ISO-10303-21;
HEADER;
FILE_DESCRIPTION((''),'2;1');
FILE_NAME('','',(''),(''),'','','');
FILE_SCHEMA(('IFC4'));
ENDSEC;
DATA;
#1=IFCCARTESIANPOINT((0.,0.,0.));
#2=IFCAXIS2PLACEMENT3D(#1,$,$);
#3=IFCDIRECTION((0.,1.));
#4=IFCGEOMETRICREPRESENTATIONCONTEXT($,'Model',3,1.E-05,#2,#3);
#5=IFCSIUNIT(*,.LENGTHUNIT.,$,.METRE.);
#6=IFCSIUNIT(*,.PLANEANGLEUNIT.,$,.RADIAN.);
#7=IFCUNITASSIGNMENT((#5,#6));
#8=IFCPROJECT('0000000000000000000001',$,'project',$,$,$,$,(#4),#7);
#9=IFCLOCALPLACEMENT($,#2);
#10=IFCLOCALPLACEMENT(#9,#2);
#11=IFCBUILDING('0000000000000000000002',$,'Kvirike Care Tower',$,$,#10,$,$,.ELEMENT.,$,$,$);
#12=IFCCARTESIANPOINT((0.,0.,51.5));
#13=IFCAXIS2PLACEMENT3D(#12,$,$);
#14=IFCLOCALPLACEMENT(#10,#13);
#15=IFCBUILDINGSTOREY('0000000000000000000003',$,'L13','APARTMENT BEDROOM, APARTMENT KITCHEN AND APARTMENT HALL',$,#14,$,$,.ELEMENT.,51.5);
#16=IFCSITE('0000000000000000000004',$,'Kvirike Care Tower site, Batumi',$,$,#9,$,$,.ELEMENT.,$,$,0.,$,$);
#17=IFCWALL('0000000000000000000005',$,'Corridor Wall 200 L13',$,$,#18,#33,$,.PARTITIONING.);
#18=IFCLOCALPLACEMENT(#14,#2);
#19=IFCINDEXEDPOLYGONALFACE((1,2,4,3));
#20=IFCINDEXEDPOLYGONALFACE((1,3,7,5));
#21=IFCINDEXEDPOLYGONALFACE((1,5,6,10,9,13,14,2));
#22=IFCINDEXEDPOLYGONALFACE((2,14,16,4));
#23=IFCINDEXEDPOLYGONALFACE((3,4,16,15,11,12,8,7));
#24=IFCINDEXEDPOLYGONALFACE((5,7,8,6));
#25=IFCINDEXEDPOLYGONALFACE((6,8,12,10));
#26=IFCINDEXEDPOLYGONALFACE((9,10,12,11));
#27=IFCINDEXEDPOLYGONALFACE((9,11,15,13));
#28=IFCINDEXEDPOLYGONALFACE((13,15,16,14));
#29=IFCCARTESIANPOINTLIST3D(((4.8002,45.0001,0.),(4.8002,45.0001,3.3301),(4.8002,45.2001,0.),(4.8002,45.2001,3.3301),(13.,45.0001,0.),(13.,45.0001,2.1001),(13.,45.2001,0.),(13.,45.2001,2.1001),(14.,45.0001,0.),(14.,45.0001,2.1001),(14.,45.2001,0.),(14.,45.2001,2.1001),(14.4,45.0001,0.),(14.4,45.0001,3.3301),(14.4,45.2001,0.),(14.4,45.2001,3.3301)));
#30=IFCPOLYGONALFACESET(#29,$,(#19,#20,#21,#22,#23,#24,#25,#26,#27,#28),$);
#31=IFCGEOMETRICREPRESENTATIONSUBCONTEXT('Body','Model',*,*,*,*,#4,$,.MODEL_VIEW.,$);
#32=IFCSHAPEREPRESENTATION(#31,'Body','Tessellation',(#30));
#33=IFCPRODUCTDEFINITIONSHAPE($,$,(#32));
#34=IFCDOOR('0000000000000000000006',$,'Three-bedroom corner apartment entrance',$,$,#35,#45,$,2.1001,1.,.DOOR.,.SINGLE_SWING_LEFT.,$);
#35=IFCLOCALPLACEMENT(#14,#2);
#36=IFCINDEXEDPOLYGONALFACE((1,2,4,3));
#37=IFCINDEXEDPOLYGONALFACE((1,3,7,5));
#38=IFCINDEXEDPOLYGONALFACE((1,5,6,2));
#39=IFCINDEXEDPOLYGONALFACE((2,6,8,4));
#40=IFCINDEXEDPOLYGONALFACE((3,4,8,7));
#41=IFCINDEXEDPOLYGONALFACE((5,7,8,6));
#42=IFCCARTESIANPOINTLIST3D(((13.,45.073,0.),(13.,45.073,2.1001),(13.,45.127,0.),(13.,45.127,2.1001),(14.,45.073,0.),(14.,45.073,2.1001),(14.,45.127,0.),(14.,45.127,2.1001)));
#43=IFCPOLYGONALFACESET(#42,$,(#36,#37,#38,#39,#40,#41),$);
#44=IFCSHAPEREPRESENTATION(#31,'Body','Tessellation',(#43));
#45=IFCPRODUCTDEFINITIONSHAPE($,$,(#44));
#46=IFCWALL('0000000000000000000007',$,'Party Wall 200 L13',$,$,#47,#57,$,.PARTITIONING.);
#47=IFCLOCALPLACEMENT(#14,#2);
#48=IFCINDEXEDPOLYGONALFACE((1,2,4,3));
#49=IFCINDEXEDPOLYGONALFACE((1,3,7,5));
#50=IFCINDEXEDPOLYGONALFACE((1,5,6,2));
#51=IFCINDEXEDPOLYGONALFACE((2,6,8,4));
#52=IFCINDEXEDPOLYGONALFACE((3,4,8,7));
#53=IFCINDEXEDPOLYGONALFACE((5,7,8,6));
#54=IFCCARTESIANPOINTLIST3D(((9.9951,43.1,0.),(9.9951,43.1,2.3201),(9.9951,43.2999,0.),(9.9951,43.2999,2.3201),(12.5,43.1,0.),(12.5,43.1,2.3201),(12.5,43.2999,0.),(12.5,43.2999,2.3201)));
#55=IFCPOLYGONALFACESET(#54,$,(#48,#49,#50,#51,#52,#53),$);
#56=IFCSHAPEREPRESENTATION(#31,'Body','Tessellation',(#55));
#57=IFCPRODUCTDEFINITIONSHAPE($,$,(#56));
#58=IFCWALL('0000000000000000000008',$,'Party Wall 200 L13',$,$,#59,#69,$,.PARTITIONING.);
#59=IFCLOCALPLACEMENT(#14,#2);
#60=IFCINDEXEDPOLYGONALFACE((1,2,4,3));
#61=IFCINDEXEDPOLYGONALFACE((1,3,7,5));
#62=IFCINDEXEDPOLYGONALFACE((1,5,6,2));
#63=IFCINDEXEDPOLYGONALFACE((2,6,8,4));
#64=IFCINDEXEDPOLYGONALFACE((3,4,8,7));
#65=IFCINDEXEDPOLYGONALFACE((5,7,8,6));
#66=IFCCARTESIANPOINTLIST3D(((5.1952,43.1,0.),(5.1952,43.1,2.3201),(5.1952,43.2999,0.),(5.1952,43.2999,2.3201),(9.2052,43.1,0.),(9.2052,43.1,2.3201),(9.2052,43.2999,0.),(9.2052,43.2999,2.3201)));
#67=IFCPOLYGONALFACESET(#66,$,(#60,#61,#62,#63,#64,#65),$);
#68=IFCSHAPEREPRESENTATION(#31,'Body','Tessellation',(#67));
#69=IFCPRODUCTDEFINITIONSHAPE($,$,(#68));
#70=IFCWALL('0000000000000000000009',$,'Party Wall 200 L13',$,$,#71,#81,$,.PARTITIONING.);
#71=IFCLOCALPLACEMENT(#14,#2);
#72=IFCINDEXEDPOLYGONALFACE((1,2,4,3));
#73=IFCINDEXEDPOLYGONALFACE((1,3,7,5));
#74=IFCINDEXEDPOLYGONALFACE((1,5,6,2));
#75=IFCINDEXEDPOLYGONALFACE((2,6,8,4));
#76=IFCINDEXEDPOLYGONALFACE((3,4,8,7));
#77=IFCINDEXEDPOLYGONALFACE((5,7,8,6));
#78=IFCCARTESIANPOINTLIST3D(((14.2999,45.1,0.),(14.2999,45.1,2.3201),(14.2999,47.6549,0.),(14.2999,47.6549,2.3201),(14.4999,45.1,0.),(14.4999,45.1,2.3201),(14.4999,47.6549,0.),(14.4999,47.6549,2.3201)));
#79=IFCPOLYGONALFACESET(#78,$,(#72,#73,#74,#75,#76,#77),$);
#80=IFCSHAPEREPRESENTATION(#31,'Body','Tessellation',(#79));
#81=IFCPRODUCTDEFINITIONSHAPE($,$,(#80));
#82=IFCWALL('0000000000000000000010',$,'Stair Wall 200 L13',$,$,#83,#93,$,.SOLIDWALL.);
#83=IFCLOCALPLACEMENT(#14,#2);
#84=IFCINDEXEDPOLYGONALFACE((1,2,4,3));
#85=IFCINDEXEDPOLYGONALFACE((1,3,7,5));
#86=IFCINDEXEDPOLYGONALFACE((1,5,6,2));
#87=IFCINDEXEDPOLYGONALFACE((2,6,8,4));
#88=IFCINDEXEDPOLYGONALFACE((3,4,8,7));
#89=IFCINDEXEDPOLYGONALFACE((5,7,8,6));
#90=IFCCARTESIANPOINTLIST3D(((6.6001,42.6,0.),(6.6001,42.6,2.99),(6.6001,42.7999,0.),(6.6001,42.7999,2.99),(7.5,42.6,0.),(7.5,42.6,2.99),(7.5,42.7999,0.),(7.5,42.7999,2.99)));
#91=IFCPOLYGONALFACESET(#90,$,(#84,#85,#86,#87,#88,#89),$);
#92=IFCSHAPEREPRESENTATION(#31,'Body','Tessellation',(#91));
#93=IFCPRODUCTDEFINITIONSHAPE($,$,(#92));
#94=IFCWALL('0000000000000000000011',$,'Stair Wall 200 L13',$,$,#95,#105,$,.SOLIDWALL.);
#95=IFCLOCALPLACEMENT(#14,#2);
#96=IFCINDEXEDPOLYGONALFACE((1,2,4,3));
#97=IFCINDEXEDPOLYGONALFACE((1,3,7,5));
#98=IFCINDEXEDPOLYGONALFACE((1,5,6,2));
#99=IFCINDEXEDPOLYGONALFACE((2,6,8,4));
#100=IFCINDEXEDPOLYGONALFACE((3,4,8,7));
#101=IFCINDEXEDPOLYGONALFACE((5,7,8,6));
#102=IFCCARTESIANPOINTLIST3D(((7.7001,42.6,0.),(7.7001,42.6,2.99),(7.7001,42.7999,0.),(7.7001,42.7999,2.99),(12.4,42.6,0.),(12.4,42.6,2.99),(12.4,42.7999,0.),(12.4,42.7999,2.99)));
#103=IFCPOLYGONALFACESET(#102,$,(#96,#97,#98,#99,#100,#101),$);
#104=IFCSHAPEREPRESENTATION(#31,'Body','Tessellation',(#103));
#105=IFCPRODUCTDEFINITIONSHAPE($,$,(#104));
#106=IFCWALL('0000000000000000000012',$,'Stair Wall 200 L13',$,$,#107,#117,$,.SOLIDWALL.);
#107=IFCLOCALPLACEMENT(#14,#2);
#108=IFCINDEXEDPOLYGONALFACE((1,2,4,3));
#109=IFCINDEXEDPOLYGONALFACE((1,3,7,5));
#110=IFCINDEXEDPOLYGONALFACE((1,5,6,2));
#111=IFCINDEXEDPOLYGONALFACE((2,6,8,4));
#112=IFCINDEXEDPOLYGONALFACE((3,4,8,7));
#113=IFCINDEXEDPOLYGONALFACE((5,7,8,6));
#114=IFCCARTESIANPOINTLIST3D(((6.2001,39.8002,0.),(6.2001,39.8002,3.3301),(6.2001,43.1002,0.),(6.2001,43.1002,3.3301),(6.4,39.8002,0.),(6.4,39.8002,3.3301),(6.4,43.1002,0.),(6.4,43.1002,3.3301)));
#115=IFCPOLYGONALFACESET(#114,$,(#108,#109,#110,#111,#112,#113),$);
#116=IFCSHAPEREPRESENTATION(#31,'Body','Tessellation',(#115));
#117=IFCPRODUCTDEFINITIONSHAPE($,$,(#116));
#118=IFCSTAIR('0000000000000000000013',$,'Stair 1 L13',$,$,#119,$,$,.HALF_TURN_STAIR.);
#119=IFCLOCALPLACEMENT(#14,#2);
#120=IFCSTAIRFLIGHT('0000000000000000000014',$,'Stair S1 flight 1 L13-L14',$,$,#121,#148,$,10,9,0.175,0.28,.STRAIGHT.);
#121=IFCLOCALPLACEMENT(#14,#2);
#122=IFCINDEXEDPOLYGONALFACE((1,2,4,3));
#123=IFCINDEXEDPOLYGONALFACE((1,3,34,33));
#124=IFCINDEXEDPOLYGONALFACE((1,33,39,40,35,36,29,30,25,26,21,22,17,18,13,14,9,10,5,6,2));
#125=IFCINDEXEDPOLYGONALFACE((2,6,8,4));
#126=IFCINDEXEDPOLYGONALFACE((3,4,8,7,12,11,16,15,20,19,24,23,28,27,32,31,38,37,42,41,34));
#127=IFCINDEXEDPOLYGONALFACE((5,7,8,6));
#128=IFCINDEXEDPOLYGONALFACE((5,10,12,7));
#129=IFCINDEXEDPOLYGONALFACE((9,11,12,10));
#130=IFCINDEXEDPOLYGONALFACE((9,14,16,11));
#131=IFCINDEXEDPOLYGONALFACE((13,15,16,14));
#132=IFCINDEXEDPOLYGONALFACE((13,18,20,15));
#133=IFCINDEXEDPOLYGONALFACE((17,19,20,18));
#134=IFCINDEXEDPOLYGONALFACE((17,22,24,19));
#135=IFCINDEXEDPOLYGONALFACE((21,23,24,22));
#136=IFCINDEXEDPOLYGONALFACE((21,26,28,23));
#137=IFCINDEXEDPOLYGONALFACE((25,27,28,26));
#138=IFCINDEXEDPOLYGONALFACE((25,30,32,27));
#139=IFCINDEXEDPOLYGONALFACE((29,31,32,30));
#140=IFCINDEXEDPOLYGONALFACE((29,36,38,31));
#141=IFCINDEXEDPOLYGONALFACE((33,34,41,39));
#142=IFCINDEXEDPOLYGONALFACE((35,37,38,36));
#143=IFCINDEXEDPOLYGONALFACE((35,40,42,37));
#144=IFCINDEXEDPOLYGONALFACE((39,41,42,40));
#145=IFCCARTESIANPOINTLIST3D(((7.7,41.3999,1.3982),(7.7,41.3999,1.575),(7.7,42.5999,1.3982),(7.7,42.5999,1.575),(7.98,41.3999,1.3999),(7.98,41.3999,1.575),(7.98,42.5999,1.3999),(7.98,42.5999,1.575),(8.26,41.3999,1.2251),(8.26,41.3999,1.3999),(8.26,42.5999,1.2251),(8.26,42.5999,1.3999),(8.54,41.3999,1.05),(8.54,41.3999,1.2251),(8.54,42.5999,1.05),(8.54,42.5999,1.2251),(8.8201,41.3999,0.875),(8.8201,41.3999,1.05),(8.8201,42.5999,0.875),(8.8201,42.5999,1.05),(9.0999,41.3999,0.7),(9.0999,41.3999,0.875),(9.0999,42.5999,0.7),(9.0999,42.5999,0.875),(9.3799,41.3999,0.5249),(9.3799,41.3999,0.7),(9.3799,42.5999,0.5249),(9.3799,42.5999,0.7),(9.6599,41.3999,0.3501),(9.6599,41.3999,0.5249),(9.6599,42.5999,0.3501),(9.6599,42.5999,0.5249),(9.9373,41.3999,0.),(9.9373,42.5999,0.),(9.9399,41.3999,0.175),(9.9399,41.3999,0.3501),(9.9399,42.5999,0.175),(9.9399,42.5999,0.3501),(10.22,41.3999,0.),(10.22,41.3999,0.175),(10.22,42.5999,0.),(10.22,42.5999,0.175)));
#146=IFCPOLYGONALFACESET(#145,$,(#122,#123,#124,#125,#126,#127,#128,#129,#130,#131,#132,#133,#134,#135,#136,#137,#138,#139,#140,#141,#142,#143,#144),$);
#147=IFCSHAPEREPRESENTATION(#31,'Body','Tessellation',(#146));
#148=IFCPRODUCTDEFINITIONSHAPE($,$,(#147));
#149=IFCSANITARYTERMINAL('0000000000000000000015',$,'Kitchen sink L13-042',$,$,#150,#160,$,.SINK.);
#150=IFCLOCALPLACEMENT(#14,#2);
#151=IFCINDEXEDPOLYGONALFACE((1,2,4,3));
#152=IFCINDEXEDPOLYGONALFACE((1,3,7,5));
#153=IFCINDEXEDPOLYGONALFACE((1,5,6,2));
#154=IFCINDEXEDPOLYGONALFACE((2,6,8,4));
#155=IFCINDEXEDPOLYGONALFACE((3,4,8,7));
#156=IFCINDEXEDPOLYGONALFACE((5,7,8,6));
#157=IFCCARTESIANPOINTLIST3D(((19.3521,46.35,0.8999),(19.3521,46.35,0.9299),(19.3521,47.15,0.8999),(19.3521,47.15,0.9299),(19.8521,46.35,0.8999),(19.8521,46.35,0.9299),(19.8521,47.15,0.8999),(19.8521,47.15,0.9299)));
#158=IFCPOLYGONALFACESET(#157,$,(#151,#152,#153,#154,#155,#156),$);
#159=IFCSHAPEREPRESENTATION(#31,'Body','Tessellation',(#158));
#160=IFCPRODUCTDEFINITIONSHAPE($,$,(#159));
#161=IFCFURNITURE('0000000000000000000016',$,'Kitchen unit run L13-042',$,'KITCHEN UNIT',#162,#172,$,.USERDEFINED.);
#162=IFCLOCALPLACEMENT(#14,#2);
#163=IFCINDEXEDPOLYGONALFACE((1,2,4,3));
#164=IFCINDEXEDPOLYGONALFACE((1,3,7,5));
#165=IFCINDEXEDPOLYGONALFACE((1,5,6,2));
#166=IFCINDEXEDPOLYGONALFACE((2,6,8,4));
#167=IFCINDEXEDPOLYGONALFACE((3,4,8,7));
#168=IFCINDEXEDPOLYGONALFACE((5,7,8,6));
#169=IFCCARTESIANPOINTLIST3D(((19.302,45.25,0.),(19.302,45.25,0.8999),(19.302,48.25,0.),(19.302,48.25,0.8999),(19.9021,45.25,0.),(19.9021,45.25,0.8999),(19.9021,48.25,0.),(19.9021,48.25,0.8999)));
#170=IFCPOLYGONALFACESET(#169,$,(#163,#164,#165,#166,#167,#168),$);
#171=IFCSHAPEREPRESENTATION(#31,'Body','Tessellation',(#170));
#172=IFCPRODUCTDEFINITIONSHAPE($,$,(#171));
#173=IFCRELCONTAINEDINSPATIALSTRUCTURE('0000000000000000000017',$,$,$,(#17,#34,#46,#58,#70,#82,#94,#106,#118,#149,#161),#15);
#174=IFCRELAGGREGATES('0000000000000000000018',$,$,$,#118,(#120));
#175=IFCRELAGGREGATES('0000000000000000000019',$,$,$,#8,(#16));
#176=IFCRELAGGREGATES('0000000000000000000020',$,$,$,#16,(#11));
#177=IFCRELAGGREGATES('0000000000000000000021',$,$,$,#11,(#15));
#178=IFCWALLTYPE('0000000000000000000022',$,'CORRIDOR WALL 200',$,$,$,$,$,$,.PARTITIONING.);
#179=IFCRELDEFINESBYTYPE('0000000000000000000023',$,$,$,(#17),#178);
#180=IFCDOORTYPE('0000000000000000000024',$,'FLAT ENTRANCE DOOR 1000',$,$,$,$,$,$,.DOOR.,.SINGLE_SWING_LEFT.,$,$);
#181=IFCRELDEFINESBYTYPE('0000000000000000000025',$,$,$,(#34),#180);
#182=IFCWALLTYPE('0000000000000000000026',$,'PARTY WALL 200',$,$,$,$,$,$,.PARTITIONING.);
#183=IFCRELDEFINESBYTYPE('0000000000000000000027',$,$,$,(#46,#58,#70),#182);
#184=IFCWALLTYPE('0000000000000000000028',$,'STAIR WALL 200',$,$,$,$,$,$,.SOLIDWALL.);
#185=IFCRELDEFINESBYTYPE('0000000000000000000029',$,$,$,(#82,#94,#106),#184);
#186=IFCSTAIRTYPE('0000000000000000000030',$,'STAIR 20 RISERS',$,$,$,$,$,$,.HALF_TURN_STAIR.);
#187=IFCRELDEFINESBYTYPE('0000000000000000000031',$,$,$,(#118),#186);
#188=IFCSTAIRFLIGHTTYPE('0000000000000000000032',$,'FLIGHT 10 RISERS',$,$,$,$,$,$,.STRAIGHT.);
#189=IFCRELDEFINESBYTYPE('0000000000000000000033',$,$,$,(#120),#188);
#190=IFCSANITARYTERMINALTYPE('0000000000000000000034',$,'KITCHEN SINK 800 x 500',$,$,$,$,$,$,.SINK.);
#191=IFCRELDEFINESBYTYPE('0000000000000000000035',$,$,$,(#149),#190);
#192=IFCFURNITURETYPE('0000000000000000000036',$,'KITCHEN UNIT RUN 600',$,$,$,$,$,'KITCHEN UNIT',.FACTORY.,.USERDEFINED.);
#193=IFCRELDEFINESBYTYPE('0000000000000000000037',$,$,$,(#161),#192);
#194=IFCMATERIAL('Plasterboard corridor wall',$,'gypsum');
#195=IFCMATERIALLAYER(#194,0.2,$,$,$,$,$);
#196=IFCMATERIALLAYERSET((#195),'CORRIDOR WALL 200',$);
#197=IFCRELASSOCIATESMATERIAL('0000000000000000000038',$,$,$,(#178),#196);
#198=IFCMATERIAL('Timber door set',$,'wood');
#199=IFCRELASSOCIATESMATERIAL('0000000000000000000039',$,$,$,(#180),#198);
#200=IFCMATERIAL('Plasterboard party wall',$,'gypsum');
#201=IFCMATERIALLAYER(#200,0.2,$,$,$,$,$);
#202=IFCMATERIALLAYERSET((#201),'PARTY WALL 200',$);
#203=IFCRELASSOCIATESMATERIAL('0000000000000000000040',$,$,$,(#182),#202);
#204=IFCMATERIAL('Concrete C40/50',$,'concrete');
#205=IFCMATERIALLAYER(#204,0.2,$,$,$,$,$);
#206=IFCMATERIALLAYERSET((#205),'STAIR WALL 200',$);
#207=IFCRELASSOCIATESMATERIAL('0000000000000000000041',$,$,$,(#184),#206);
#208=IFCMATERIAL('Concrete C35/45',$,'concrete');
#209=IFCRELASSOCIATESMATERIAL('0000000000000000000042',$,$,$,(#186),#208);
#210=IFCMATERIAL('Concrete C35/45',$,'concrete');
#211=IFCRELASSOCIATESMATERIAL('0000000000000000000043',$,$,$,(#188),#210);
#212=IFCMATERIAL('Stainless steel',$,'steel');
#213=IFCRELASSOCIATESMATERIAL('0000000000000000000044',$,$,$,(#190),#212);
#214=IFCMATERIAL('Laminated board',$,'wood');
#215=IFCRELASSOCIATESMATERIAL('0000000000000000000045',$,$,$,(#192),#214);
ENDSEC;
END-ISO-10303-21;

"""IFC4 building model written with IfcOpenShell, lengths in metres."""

from ifc_helpers import new_model, si_unit, direction, frame, frame_2d, origin, origin_2d, place, context, subcontext, project, spatial, polyline, rectangle, outline, extrude, material, layer, layer_set, type_object, element, fill, aggregate, save


model = new_model("IFC4")

# Units and contexts
model_context = context("Model", 3, precision=1e-05, world=origin(), true_north=direction((0.0, 1.0)))
body_context = subcontext(model_context, "Body", "Model", "MODEL_VIEW")
ifc_project = project(units=[si_unit("LENGTHUNIT", "METRE"), si_unit("PLANEANGLEUNIT", "RADIAN")], contexts=[model_context])

# Site, building, storey
site_placement = place(None, origin())
site = spatial("IfcSite", under=ifc_project, at=site_placement, Name="Kvirike Care Tower site, Batumi", CompositionType="ELEMENT", RefElevation=0.0)
building_placement = place(site_placement, origin())
building = spatial("IfcBuilding", under=site, at=building_placement, Name="Kvirike Care Tower", CompositionType="ELEMENT")
storey_placement = place(building_placement, frame((0.0, 0.0, 51.5)))
storey = spatial("IfcBuildingStorey", under=building, at=storey_placement, Name="L13", Description="APARTMENT BEDROOM, APARTMENT KITCHEN AND APARTMENT HALL", CompositionType="ELEMENT", Elevation=51.5)

# Shared definitions
ifc_material_1 = material(Name="Plasterboard corridor wall", Category="gypsum")
ifc_layer_1 = layer(ifc_material_1, 0.2)
ifc_layer_set_1 = layer_set([ifc_layer_1], Name="CORRIDOR WALL 200")
wall_type_1 = type_object("IfcWallType", Name="CORRIDOR WALL 200", PredefinedType="PARTITIONING", material=ifc_layer_set_1)
ifc_material_2 = material(Name="Timber door set", Category="wood")
door_type_1 = type_object("IfcDoorType", Name="FLAT ENTRANCE DOOR 1000", OperationType="SINGLE_SWING_LEFT", PredefinedType="DOOR", material=ifc_material_2)

# Wall, opening, door
wall_1_placement = place(storey_placement, frame((14.3999, 45.1001, 0.0), z_axis=(0.0, 0.0, 1.0), x_axis=(-1.0, 0.0, 0.0)))
wall_1 = element("IfcWall", 1, at=wall_1_placement, inside=storey, type_object=wall_type_1, Name="Corridor Wall 200 L13", PredefinedType="PARTITIONING", context=body_context, shape_type="SweptSolid", body=[
    extrude(rectangle(XDim=9.5999, YDim=0.2, at=frame_2d((4.7998, 0.0))), origin(), (0.0, 0.0, 1.0), 3.3301),
])
opening_1_placement = place(wall_1_placement, frame((0.3999, 0.0, 0.0)))
opening_1 = element("IfcOpeningElement", 2, at=opening_1_placement, cuts=wall_1, PredefinedType="OPENING", context=body_context, shape_type="SweptSolid", body=[
    extrude(rectangle(XDim=1.0, YDim=2.1001, at=frame_2d((0.5, 1.05))), frame((0.0, 0.1106, 0.0), z_axis=(0.0, -1.0, 0.0), x_axis=(1.0, 0.0, 0.0)), (0.0, 0.0, 1.0), 0.2209),
])
door_1_placement = place(opening_1_placement, frame((1.0, 0.0, 0.0), z_axis=(0.0, 0.0, 1.0), x_axis=(-1.0, 0.0, 0.0)))
door_1 = element("IfcDoor", 3, at=door_1_placement, inside=storey, type_object=door_type_1, Name="Three-bedroom corner apartment entrance", OperationType="SINGLE_SWING_LEFT", OverallHeight=2.1001, OverallWidth=1.0, PredefinedType="DOOR", context=body_context, shape_type="SweptSolid", body=[
    extrude(rectangle(XDim=1.0, YDim=2.1001, at=frame_2d((0.5, 1.05))), frame((0.0, 0.0269, 0.0), z_axis=(0.0, -1.0, 0.0), x_axis=(1.0, 0.0, 0.0)), (0.0, 0.0, 1.0), 0.054),
])
fill(opening_1, door_1)

# Walls
ifc_material_3 = material(Name="Plasterboard party wall", Category="gypsum")
ifc_layer_2 = layer(ifc_material_3, 0.2)
ifc_layer_set_2 = layer_set([ifc_layer_2], Name="PARTY WALL 200")
wall_type_2 = type_object("IfcWallType", Name="PARTY WALL 200", PredefinedType="PARTITIONING", material=ifc_layer_set_2)
wall_2_placement = place(storey_placement, frame((12.5, 43.2, 0.0), z_axis=(0.0, 0.0, 1.0), x_axis=(-1.0, 0.0, 0.0)))
element("IfcWall", 4, at=wall_2_placement, inside=storey, type_object=wall_type_2, Name="Party Wall 200 L13", PredefinedType="PARTITIONING", context=body_context, shape_type="SweptSolid", body=[
    extrude(rectangle(XDim=2.5049, YDim=0.2, at=frame_2d((1.2524, 0.0))), origin(), (0.0, 0.0, 1.0), 2.3201),
])
wall_3_placement = place(storey_placement, frame((9.2051, 43.2, 0.0), z_axis=(0.0, 0.0, 1.0), x_axis=(-1.0, 0.0, 0.0)))
element("IfcWall", 5, at=wall_3_placement, inside=storey, type_object=wall_type_2, Name="Party Wall 200 L13", PredefinedType="PARTITIONING", context=body_context, shape_type="SweptSolid", body=[
    extrude(rectangle(XDim=4.01, YDim=0.2, at=frame_2d((2.0049, 0.0))), origin(), (0.0, 0.0, 1.0), 2.3201),
])
wall_4_placement = place(storey_placement, frame((14.3999, 45.1001, 0.0), z_axis=(0.0, 0.0, 1.0), x_axis=(0.0, 1.0, 0.0)))
element("IfcWall", 6, at=wall_4_placement, inside=storey, type_object=wall_type_2, Name="Party Wall 200 L13", PredefinedType="PARTITIONING", context=body_context, shape_type="SweptSolid", body=[
    extrude(rectangle(XDim=2.5549, YDim=0.2, at=frame_2d((1.2773, 0.0))), origin(), (0.0, 0.0, 1.0), 2.3201),
])
ifc_material_4 = material(Name="Concrete C40/50", Category="concrete")
ifc_layer_3 = layer(ifc_material_4, 0.2)
ifc_layer_set_3 = layer_set([ifc_layer_3], Name="STAIR WALL 200")
wall_type_3 = type_object("IfcWallType", Name="STAIR WALL 200", PredefinedType="SOLIDWALL", material=ifc_layer_set_3)
wall_5_placement = place(storey_placement, frame((6.6001, 42.7, 0.0), z_axis=(0.0, 0.0, 1.0), x_axis=(1.0, 0.0, 0.0)))
element("IfcWall", 7, at=wall_5_placement, inside=storey, type_object=wall_type_3, Name="Stair Wall 200 L13", PredefinedType="SOLIDWALL", context=body_context, shape_type="SweptSolid", body=[
    extrude(rectangle(XDim=0.8999, YDim=0.2, at=frame_2d((0.45, 0.0))), origin(), (0.0, 0.0, 1.0), 2.99),
])
wall_6_placement = place(storey_placement, frame((7.7, 42.7, 0.0), z_axis=(0.0, 0.0, 1.0), x_axis=(1.0, 0.0, 0.0)))
element("IfcWall", 8, at=wall_6_placement, inside=storey, type_object=wall_type_3, Name="Stair Wall 200 L13", PredefinedType="SOLIDWALL", context=body_context, shape_type="SweptSolid", body=[
    extrude(rectangle(XDim=4.7, YDim=0.2, at=frame_2d((2.3501, 0.0))), origin(), (0.0, 0.0, 1.0), 2.99),
])
wall_7_placement = place(storey_placement, frame((6.3, 43.1001, 0.0), z_axis=(0.0, 0.0, 1.0), x_axis=(0.0, -1.0, 0.0)))
element("IfcWall", 9, at=wall_7_placement, inside=storey, type_object=wall_type_3, Name="Stair Wall 200 L13", PredefinedType="SOLIDWALL", context=body_context, shape_type="SweptSolid", body=[
    extrude(rectangle(XDim=3.3, YDim=0.2, at=frame_2d((1.6499, 0.0))), origin(), (0.0, 0.0, 1.0), 3.3301),
])

# Stair, stair flight
ifc_material_5 = material(Name="Concrete C35/45", Category="concrete")
stair_type = type_object("IfcStairType", Name="STAIR 20 RISERS", PredefinedType="HALF_TURN_STAIR", material=ifc_material_5)
stair_placement = place(storey_placement, origin())
stair = element("IfcStair", 10, at=stair_placement, inside=storey, type_object=stair_type, Name="Stair 1 L13", PredefinedType="HALF_TURN_STAIR")
ifc_material_6 = material(Name="Concrete C35/45", Category="concrete")
stair_flight_type = type_object("IfcStairFlightType", Name="FLIGHT 10 RISERS", PredefinedType="STRAIGHT", material=ifc_material_6)
stair_flight_placement = place(storey_placement, frame((10.22, 42.0, 0.0), z_axis=(0.0, 0.0, 1.0), x_axis=(-1.0, 0.0, 0.0)))
stair_flight = element("IfcStairFlight", 11, at=stair_flight_placement, type_object=stair_flight_type, Name="Stair S1 flight 1 L13-L14", NumberOfRisers=10, NumberOfTreads=9, PredefinedType="STRAIGHT", RiserHeight=0.175, TreadLength=0.28, context=body_context, shape_type="SweptSolid", body=[
    extrude(outline(polyline([(0.0, 0.0), (0.0, 0.175), (0.28, 0.175), (0.28, 0.3501), (0.5601, 0.3501), (0.5601, 0.5249), (0.8401, 0.5249), (0.8401, 0.7), (1.1201, 0.7), (1.1201, 0.875), (1.3999, 0.875), (1.3999, 1.05), (1.6799, 1.05), (1.6799, 1.2251), (1.96, 1.2251), (1.96, 1.3999), (2.24, 1.3999), (2.24, 1.575), (2.52, 1.575), (2.52, 1.75), (2.52, 1.3982), (0.2827, 0.0), (0.0, 0.0)])), frame((0.0, 0.6001, 0.0), z_axis=(0.0, -1.0, 0.0), x_axis=(1.0, 0.0, 0.0)), (0.0, 0.0, 1.0), 1.2),
])
aggregate(stair, [stair_flight])

# Sanitary terminal
ifc_material_7 = material(Name="Stainless steel", Category="steel")
sanitary_terminal_type = type_object("IfcSanitaryTerminalType", Name="KITCHEN SINK 800 x 500", PredefinedType="SINK", material=ifc_material_7)
sanitary_terminal_placement = place(storey_placement, frame((19.6021, 46.75, 0.8999), z_axis=(0.0, 0.0, 1.0), x_axis=(0.0, 1.0, 0.0)))
element("IfcSanitaryTerminal", 12, at=sanitary_terminal_placement, inside=storey, type_object=sanitary_terminal_type, Name="Kitchen sink L13-042", PredefinedType="SINK", context=body_context, shape_type="SweptSolid", body=[
    extrude(rectangle(XDim=0.8, YDim=0.5, at=origin_2d()), origin(), (0.0, 0.0, 1.0), 0.03),
])

# Furniture
ifc_material_8 = material(Name="Laminated board", Category="wood")
furniture_type = type_object("IfcFurnitureType", Name="KITCHEN UNIT RUN 600", ElementType="KITCHEN UNIT", AssemblyPlace="FACTORY", PredefinedType="USERDEFINED", material=ifc_material_8)
furniture_placement = place(storey_placement, frame((19.6021, 46.75, 0.0), z_axis=(0.0, 0.0, 1.0), x_axis=(0.0, 1.0, 0.0)))
element("IfcFurniture", 13, at=furniture_placement, inside=storey, type_object=furniture_type, Name="Kitchen unit run L13-042", ObjectType="KITCHEN UNIT", PredefinedType="USERDEFINED", context=body_context, shape_type="SweptSolid", body=[
    extrude(rectangle(XDim=3.0, YDim=0.6001, at=origin_2d()), origin(), (0.0, 0.0, 1.0), 0.8999),
])

save(model, "model.ifc")
